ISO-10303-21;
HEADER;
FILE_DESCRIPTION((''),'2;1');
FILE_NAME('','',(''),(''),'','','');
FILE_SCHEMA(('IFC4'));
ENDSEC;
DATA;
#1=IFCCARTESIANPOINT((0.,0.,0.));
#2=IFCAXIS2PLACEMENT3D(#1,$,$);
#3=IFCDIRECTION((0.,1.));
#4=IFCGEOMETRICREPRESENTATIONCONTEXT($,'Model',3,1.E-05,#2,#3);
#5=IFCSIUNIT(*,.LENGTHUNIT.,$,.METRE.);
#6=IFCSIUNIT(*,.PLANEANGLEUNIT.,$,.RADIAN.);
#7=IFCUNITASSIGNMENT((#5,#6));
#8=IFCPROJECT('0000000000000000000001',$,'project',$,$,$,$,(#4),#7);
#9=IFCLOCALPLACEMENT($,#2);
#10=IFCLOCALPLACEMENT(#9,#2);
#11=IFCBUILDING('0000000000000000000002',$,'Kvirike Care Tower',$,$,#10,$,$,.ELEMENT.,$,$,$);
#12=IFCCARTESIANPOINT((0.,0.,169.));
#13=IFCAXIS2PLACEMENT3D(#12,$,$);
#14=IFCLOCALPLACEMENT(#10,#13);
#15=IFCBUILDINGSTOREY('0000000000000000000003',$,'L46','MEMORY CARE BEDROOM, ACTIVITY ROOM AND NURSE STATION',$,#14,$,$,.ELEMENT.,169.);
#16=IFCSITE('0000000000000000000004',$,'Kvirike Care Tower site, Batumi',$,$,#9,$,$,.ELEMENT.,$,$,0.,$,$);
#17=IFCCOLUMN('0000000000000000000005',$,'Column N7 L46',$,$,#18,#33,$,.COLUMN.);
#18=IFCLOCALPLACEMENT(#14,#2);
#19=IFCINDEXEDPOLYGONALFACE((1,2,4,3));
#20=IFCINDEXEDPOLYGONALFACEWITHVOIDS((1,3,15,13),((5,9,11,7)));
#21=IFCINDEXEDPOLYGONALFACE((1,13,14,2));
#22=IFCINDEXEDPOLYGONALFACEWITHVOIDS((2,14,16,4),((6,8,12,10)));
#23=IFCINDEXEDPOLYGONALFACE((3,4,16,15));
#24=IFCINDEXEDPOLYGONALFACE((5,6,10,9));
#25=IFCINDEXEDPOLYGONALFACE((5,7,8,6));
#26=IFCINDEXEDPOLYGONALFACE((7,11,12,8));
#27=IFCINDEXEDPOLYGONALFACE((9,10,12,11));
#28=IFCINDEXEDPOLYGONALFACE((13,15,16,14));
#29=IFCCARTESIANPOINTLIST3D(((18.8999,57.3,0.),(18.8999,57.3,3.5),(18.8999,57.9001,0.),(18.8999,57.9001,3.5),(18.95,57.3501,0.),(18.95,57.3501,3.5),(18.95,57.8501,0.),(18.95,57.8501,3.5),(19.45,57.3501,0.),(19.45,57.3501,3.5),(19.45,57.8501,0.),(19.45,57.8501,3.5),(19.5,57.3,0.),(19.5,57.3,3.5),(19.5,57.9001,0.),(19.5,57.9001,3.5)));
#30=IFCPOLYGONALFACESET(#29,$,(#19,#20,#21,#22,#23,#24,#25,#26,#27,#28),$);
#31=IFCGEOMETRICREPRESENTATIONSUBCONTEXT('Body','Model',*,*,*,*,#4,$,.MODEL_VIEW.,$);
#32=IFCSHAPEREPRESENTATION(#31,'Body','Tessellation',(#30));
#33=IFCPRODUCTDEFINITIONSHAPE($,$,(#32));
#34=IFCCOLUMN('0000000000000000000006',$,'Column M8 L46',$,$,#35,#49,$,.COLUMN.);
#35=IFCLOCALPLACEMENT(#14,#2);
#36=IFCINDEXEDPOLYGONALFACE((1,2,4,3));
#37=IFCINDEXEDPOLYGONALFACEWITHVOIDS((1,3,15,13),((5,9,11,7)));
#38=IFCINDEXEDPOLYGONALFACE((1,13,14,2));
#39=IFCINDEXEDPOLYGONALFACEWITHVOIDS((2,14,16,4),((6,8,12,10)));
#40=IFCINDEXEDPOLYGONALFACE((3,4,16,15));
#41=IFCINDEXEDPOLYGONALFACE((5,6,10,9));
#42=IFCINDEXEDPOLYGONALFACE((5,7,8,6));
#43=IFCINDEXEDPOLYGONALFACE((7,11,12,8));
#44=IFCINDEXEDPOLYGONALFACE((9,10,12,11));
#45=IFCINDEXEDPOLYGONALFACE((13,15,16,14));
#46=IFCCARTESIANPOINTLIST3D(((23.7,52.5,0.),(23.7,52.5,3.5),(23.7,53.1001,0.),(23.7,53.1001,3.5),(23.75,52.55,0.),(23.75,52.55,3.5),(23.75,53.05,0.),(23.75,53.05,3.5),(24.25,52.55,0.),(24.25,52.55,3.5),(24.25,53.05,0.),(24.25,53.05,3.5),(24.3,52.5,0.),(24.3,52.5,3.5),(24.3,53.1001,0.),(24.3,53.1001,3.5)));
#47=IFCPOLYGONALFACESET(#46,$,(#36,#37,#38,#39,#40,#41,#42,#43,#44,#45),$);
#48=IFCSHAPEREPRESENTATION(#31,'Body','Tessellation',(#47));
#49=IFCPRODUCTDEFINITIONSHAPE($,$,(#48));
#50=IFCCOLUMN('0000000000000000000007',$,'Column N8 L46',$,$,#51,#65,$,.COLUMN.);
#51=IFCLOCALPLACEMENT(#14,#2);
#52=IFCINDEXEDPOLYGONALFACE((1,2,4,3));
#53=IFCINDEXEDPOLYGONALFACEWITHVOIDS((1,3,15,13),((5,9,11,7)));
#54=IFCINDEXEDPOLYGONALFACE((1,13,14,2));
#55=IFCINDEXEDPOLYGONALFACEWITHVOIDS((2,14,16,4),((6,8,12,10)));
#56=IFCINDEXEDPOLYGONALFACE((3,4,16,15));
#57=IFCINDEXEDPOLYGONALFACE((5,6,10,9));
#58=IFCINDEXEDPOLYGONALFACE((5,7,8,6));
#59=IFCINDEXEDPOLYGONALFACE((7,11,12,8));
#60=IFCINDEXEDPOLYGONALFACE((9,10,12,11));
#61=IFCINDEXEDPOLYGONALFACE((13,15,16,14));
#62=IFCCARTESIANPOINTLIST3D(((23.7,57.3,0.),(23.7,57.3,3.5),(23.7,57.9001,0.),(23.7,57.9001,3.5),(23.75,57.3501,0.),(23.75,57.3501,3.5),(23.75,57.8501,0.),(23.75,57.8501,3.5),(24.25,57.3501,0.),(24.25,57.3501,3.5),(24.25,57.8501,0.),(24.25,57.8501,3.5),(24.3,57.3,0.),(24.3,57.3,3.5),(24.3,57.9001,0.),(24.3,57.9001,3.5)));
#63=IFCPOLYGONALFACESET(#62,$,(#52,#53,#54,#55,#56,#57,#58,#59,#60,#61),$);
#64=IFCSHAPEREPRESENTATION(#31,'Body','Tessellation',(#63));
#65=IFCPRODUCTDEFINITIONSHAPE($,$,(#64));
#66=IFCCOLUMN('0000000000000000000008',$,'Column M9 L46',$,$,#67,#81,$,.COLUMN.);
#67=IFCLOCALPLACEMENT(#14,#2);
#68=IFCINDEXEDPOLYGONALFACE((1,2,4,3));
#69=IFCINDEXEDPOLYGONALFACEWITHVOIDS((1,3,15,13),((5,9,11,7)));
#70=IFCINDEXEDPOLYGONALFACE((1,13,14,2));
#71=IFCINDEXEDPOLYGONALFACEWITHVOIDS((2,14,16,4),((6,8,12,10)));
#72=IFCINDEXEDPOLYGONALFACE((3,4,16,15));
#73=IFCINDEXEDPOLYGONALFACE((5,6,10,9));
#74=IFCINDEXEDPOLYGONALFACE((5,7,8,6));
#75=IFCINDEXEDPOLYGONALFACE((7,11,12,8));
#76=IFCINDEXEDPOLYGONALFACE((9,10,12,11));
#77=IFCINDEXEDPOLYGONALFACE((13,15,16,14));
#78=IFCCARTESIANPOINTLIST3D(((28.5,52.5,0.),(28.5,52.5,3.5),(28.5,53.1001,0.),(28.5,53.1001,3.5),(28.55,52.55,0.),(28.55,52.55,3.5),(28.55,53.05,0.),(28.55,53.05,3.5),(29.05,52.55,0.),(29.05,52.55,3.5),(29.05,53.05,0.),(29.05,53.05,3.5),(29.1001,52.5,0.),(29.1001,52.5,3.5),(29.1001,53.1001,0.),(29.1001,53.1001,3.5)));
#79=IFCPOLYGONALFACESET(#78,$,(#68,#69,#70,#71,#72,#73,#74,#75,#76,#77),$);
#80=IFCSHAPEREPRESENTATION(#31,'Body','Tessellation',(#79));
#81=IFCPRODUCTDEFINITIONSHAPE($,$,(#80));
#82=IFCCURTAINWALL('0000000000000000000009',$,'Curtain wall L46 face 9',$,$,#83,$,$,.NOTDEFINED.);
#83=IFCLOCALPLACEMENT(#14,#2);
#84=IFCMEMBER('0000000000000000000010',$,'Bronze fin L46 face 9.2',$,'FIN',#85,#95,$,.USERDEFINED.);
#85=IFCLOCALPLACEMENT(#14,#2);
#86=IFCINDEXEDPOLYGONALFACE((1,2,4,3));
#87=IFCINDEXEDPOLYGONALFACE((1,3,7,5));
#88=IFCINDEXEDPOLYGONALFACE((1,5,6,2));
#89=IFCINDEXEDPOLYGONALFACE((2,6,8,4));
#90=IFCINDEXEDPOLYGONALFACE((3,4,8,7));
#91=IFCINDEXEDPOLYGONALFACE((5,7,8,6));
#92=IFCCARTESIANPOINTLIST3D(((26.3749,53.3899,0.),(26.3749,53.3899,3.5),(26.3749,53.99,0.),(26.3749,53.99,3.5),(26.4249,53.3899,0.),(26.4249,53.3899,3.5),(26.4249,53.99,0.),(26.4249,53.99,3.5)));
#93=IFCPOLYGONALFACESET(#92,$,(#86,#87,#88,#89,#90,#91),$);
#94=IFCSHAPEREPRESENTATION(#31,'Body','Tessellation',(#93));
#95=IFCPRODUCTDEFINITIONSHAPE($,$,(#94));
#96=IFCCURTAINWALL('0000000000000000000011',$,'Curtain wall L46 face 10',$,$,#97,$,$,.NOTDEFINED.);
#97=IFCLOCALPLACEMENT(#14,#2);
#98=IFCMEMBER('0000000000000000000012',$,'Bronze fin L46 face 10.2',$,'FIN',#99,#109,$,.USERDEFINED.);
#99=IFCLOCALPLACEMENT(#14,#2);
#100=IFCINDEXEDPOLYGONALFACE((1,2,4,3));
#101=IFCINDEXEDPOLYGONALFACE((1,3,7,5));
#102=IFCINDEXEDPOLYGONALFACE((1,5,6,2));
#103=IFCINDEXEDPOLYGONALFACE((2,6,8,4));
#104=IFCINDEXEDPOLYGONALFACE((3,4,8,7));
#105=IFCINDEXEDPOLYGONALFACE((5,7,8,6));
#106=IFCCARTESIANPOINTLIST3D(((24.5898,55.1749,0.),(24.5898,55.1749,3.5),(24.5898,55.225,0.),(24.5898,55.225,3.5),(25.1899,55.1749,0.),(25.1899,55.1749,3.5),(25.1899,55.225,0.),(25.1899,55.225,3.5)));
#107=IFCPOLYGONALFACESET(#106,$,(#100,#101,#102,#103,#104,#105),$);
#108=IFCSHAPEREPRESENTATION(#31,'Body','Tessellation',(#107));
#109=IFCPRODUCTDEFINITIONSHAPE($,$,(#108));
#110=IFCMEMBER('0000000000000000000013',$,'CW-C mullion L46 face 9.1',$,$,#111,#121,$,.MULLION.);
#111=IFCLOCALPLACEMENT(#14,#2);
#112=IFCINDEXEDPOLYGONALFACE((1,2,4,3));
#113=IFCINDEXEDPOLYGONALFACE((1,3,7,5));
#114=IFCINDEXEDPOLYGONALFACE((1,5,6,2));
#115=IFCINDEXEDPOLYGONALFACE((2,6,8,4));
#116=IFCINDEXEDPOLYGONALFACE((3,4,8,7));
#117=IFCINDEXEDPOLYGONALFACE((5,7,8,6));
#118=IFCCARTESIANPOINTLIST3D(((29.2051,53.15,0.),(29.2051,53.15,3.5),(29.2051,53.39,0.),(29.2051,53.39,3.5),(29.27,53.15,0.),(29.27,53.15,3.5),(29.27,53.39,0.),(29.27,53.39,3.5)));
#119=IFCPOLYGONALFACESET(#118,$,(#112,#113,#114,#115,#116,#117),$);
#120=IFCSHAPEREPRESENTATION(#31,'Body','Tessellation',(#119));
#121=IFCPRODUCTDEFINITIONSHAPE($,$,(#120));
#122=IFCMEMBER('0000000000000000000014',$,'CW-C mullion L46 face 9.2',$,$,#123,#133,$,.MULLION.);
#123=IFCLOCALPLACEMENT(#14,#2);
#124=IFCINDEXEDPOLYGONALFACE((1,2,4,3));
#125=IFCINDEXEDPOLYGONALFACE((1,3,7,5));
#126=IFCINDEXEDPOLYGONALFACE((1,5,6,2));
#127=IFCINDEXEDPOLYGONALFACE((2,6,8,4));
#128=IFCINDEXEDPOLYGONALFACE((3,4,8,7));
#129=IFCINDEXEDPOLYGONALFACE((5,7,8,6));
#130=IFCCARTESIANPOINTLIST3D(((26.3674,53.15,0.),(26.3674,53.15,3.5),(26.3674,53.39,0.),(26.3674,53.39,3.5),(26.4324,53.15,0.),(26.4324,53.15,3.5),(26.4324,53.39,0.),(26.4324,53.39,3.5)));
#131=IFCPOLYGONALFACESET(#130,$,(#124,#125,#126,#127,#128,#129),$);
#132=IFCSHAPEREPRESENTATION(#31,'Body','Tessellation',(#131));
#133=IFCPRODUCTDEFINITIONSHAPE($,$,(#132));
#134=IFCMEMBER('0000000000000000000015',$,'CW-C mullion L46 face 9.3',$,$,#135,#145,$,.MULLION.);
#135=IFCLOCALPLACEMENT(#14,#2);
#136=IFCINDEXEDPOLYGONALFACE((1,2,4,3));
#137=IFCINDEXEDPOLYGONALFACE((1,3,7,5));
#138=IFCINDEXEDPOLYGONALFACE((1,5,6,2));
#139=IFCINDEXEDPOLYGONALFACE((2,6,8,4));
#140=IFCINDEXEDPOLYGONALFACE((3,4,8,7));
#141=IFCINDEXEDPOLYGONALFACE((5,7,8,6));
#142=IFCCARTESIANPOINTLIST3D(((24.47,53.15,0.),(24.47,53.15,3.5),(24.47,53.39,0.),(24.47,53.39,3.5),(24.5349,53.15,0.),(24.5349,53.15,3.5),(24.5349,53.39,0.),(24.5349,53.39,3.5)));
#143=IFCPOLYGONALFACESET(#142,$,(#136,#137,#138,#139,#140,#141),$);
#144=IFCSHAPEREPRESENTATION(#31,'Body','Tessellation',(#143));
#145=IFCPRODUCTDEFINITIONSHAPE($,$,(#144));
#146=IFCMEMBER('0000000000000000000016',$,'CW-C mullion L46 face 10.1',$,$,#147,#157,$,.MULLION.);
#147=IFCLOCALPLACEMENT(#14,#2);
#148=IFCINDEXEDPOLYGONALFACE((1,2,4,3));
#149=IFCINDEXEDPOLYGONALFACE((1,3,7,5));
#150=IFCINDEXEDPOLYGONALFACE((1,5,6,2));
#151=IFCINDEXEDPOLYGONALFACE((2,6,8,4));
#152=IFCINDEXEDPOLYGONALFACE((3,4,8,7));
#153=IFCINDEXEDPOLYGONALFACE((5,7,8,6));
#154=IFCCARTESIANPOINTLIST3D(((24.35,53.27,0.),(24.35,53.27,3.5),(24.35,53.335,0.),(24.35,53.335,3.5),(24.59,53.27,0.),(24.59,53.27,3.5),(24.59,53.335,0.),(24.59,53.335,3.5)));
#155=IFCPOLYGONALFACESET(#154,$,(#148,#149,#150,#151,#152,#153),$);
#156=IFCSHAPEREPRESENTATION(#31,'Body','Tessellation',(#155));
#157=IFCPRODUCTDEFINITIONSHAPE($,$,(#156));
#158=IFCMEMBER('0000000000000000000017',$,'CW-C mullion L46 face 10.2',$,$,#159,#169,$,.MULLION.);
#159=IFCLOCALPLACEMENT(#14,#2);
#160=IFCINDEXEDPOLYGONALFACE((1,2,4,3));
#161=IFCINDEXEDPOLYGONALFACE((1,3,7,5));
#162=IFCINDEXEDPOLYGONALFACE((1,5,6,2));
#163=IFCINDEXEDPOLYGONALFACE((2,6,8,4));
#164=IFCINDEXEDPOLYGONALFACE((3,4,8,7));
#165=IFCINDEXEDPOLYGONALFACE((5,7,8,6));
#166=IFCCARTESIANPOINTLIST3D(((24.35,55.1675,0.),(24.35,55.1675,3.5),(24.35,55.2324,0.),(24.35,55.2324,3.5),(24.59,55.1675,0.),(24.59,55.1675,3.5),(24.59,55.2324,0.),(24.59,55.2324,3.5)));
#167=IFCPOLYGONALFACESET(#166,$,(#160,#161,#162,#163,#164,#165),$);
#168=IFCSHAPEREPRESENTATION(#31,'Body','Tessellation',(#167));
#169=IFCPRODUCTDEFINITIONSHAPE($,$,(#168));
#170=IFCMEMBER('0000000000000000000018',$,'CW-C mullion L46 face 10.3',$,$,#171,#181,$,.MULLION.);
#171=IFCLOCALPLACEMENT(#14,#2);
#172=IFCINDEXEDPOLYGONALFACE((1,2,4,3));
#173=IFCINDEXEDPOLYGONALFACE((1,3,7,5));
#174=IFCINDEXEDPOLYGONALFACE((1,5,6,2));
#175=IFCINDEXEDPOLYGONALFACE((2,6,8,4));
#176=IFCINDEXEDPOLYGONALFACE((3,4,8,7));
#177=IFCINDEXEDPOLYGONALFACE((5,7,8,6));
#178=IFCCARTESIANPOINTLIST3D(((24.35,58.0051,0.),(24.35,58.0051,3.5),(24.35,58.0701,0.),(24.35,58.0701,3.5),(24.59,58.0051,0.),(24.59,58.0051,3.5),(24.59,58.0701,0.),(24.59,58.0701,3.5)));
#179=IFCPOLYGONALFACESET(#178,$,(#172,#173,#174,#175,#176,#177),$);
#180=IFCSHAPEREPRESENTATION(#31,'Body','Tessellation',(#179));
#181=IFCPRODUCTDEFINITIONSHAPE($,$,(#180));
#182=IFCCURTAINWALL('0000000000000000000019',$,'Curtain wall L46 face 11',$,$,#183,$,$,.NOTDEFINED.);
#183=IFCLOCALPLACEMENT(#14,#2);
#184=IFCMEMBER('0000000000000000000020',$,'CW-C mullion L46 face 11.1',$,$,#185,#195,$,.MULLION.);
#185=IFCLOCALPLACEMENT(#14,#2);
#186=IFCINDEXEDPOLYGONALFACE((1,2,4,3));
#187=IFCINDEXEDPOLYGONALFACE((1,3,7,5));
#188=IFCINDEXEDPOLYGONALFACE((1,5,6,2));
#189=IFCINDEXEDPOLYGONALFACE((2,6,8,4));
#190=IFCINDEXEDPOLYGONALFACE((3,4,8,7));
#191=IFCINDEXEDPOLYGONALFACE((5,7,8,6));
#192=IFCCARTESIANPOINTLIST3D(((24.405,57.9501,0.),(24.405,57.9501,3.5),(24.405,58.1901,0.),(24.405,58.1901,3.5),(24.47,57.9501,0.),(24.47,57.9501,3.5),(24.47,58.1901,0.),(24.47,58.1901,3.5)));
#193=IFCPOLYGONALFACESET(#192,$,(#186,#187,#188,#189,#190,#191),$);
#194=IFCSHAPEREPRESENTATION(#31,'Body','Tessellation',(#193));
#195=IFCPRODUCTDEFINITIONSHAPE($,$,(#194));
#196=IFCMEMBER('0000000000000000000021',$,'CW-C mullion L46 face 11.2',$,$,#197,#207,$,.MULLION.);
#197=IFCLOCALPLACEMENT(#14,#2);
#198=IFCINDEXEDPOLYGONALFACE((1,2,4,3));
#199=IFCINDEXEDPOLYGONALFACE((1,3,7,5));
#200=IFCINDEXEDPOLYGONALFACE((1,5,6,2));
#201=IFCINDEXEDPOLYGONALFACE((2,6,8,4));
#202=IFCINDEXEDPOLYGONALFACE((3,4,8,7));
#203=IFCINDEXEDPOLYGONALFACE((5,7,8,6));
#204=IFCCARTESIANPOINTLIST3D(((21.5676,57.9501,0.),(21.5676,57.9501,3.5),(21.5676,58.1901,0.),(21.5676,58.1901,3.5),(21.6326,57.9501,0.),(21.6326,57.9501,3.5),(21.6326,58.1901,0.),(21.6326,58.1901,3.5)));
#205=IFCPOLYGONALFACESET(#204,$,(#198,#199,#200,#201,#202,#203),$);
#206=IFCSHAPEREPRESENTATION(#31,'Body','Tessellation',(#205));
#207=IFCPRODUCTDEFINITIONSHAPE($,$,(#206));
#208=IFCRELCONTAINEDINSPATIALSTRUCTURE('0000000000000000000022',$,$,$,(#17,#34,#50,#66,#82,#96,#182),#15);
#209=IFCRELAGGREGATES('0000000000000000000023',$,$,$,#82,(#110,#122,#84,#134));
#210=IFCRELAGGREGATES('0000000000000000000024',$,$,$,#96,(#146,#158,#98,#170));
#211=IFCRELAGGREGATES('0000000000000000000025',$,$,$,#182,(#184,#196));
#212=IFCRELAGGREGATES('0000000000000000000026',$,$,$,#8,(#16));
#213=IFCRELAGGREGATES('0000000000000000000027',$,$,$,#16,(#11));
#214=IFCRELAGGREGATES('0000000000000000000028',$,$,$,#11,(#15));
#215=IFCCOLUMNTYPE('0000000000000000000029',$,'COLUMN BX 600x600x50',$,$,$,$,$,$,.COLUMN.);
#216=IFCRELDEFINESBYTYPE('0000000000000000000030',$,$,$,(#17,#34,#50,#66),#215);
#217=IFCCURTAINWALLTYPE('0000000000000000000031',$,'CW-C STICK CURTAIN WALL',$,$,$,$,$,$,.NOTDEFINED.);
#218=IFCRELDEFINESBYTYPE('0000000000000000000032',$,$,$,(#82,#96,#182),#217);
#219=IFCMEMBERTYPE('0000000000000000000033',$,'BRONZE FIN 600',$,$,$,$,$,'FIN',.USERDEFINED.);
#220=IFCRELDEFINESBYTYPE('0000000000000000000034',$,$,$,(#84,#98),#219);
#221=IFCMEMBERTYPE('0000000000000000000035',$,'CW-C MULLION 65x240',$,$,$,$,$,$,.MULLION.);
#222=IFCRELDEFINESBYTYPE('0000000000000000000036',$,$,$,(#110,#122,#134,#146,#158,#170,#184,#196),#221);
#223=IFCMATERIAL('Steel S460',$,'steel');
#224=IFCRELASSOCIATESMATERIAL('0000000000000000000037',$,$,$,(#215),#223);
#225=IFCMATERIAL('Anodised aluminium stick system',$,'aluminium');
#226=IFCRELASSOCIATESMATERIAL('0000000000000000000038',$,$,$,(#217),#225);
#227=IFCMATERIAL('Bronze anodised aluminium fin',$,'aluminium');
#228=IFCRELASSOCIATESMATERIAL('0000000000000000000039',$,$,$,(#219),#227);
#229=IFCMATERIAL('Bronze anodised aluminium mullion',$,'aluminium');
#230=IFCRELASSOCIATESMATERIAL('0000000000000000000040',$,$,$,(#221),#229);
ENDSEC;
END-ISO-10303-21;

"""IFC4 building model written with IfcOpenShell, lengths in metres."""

from ifc_helpers import new_model, si_unit, direction, frame, origin, origin_2d, place, context, subcontext, project, spatial, rectangle, hollow_rectangle, extrude, material, material_profile, profile_set, type_object, element, aggregate, save


model = new_model("IFC4")

# Units and contexts
model_context = context("Model", 3, precision=1e-05, world=origin(), true_north=direction((0.0, 1.0)))
body_context = subcontext(model_context, "Body", "Model", "MODEL_VIEW")
ifc_project = project(units=[si_unit("LENGTHUNIT", "METRE"), si_unit("PLANEANGLEUNIT", "RADIAN")], contexts=[model_context])

# Site, building, storey
site_placement = place(None, origin())
site = spatial("IfcSite", under=ifc_project, at=site_placement, Name="Kvirike Care Tower site, Batumi", CompositionType="ELEMENT", RefElevation=0.0)
building_placement = place(site_placement, origin())
building = spatial("IfcBuilding", under=site, at=building_placement, Name="Kvirike Care Tower", CompositionType="ELEMENT")
storey_placement = place(building_placement, frame((0.0, 0.0, 169.0)))
storey = spatial("IfcBuildingStorey", under=building, at=storey_placement, Name="L46", Description="MEMORY CARE BEDROOM, ACTIVITY ROOM AND NURSE STATION", CompositionType="ELEMENT", Elevation=169.0)

# Columns
ifc_material_1 = material(Name="Steel S460", Category="steel")
ifc_material_profile_1 = material_profile(ifc_material_1, hollow_rectangle(XDim=0.6001, YDim=0.6001, WallThickness=0.05, at=origin_2d()), Name="BX 600x600x50")
ifc_profile_set_1 = profile_set([ifc_material_profile_1], Name="Steel S460")
column_type = type_object("IfcColumnType", Name="COLUMN BX 600x600x50", PredefinedType="COLUMN", material=ifc_profile_set_1)
for number, where, z_axis, x_axis, name in (
    (1, (19.2, 57.6001, 0.0), (0.0, 0.0, 1.0), (0.0, 1.0, 0.0), "Column N7 L46"),
    (2, (24.0, 52.8, 0.0), (0.0, 0.0, 1.0), (0.0, 1.0, 0.0), "Column M8 L46"),
    (3, (24.0, 57.6001, 0.0), (0.0, 0.0, 1.0), (0.0, 1.0, 0.0), "Column N8 L46"),
    (4, (28.8, 52.8, 0.0), (0.0, 0.0, 1.0), (0.0, 1.0, 0.0), "Column M9 L46"),
):
    element("IfcColumn", number, at=place(storey_placement, frame(where, z_axis=z_axis, x_axis=x_axis)), inside=storey, type_object=column_type, Name=name, PredefinedType="COLUMN", context=body_context, shape_type="SweptSolid", body=[
        extrude(hollow_rectangle(XDim=0.6001, YDim=0.6001, WallThickness=0.05, at=origin_2d()), origin(), (0.0, 0.0, 1.0), 3.5),
    ])

# Curtain walls, members
ifc_material_2 = material(Name="Anodised aluminium stick system", Category="aluminium")
curtain_wall_type = type_object("IfcCurtainWallType", Name="CW-C STICK CURTAIN WALL", PredefinedType="NOTDEFINED", material=ifc_material_2)
curtain_wall_1_placement = place(storey_placement, origin())
curtain_wall_1 = element("IfcCurtainWall", 5, at=curtain_wall_1_placement, inside=storey, type_object=curtain_wall_type, Name="Curtain wall L46 face 9", PredefinedType="NOTDEFINED")
ifc_material_3 = material(Name="Bronze anodised aluminium fin", Category="aluminium")
ifc_material_profile_2 = material_profile(ifc_material_3, rectangle(XDim=0.05, YDim=0.6001, at=origin_2d()), Name="BRONZE FIN 600")
ifc_profile_set_2 = profile_set([ifc_material_profile_2], Name="Bronze anodised aluminium fin")
member_type_1 = type_object("IfcMemberType", Name="BRONZE FIN 600", ElementType="FIN", PredefinedType="USERDEFINED", material=ifc_profile_set_2)
member_1_placement = place(storey_placement, frame((26.3999, 53.6899, 0.0), z_axis=(0.0, 0.0, 1.0), x_axis=(-1.0, 0.0, 0.0)))
member_1 = element("IfcMember", 6, at=member_1_placement, type_object=member_type_1, Name="Bronze fin L46 face 9.2", ObjectType="FIN", PredefinedType="USERDEFINED", context=body_context, shape_type="SweptSolid", body=[
    extrude(rectangle(XDim=0.05, YDim=0.6001, at=origin_2d()), origin(), (0.0, 0.0, 1.0), 3.5),
])
curtain_wall_2_placement = place(storey_placement, origin())
curtain_wall_2 = element("IfcCurtainWall", 7, at=curtain_wall_2_placement, inside=storey, type_object=curtain_wall_type, Name="Curtain wall L46 face 10", PredefinedType="NOTDEFINED")
member_2_placement = place(storey_placement, frame((24.8899, 55.2, 0.0), z_axis=(0.0, 0.0, 1.0), x_axis=(0.0, 1.0, 0.0)))
member_2 = element("IfcMember", 8, at=member_2_placement, type_object=member_type_1, Name="Bronze fin L46 face 10.2", ObjectType="FIN", PredefinedType="USERDEFINED", context=body_context, shape_type="SweptSolid", body=[
    extrude(rectangle(XDim=0.05, YDim=0.6001, at=origin_2d()), origin(), (0.0, 0.0, 1.0), 3.5),
])

# Members
ifc_material_4 = material(Name="Bronze anodised aluminium mullion", Category="aluminium")
ifc_material_profile_3 = material_profile(ifc_material_4, rectangle(XDim=0.0649, YDim=0.24, at=origin_2d()), Name="CW-C MULLION 65x240")
ifc_profile_set_3 = profile_set([ifc_material_profile_3], Name="Bronze anodised aluminium mullion")
member_type_2 = type_object("IfcMemberType", Name="CW-C MULLION 65x240", PredefinedType="MULLION", material=ifc_profile_set_3)
member_3_placement = place(storey_placement, frame((29.2375, 53.27, 0.0), z_axis=(0.0, 0.0, 1.0), x_axis=(-1.0, 0.0, 0.0)))
member_3 = element("IfcMember", 9, at=member_3_placement, type_object=member_type_2, Name="CW-C mullion L46 face 9.1", PredefinedType="MULLION", context=body_context, shape_type="SweptSolid", body=[
    extrude(rectangle(XDim=0.0649, YDim=0.24, at=origin_2d()), origin(), (0.0, 0.0, 1.0), 3.5),
])
member_4_placement = place(storey_placement, frame((26.3999, 53.27, 0.0), z_axis=(0.0, 0.0, 1.0), x_axis=(-1.0, 0.0, 0.0)))
member_4 = element("IfcMember", 10, at=member_4_placement, type_object=member_type_2, Name="CW-C mullion L46 face 9.2", PredefinedType="MULLION", context=body_context, shape_type="SweptSolid", body=[
    extrude(rectangle(XDim=0.0649, YDim=0.24, at=origin_2d()), origin(), (0.0, 0.0, 1.0), 3.5),
])
member_5_placement = place(storey_placement, frame((24.5024, 53.27, 0.0), z_axis=(0.0, 0.0, 1.0), x_axis=(-1.0, 0.0, 0.0)))
member_5 = element("IfcMember", 11, at=member_5_placement, type_object=member_type_2, Name="CW-C mullion L46 face 9.3", PredefinedType="MULLION", context=body_context, shape_type="SweptSolid", body=[
    extrude(rectangle(XDim=0.0649, YDim=0.24, at=origin_2d()), origin(), (0.0, 0.0, 1.0), 3.5),
])
member_6_placement = place(storey_placement, frame((24.47, 53.3025, 0.0), z_axis=(0.0, 0.0, 1.0), x_axis=(0.0, 1.0, 0.0)))
member_6 = element("IfcMember", 12, at=member_6_placement, type_object=member_type_2, Name="CW-C mullion L46 face 10.1", PredefinedType="MULLION", context=body_context, shape_type="SweptSolid", body=[
    extrude(rectangle(XDim=0.0649, YDim=0.24, at=origin_2d()), origin(), (0.0, 0.0, 1.0), 3.5),
])
member_7_placement = place(storey_placement, frame((24.47, 55.2, 0.0), z_axis=(0.0, 0.0, 1.0), x_axis=(0.0, 1.0, 0.0)))
member_7 = element("IfcMember", 13, at=member_7_placement, type_object=member_type_2, Name="CW-C mullion L46 face 10.2", PredefinedType="MULLION", context=body_context, shape_type="SweptSolid", body=[
    extrude(rectangle(XDim=0.0649, YDim=0.24, at=origin_2d()), origin(), (0.0, 0.0, 1.0), 3.5),
])
member_8_placement = place(storey_placement, frame((24.47, 58.0376, 0.0), z_axis=(0.0, 0.0, 1.0), x_axis=(0.0, 1.0, 0.0)))
member_8 = element("IfcMember", 14, at=member_8_placement, type_object=member_type_2, Name="CW-C mullion L46 face 10.3", PredefinedType="MULLION", context=body_context, shape_type="SweptSolid", body=[
    extrude(rectangle(XDim=0.0649, YDim=0.24, at=origin_2d()), origin(), (0.0, 0.0, 1.0), 3.5),
])

# Curtain wall, members
curtain_wall_3_placement = place(storey_placement, origin())
curtain_wall_3 = element("IfcCurtainWall", 15, at=curtain_wall_3_placement, inside=storey, type_object=curtain_wall_type, Name="Curtain wall L46 face 11", PredefinedType="NOTDEFINED")
member_9_placement = place(storey_placement, frame((24.4375, 58.0701, 0.0), z_axis=(0.0, 0.0, 1.0), x_axis=(-1.0, 0.0, 0.0)))
member_9 = element("IfcMember", 16, at=member_9_placement, type_object=member_type_2, Name="CW-C mullion L46 face 11.1", PredefinedType="MULLION", context=body_context, shape_type="SweptSolid", body=[
    extrude(rectangle(XDim=0.0649, YDim=0.24, at=origin_2d()), origin(), (0.0, 0.0, 1.0), 3.5),
])
member_10_placement = place(storey_placement, frame((21.6001, 58.0701, 0.0), z_axis=(0.0, 0.0, 1.0), x_axis=(-1.0, 0.0, 0.0)))
member_10 = element("IfcMember", 17, at=member_10_placement, type_object=member_type_2, Name="CW-C mullion L46 face 11.2", PredefinedType="MULLION", context=body_context, shape_type="SweptSolid", body=[
    extrude(rectangle(XDim=0.0649, YDim=0.24, at=origin_2d()), origin(), (0.0, 0.0, 1.0), 3.5),
])

aggregate(curtain_wall_1, [member_3, member_4, member_1, member_5])
aggregate(curtain_wall_2, [member_6, member_7, member_2, member_8])
aggregate(curtain_wall_3, [member_9, member_10])

save(model, "model.ifc")
